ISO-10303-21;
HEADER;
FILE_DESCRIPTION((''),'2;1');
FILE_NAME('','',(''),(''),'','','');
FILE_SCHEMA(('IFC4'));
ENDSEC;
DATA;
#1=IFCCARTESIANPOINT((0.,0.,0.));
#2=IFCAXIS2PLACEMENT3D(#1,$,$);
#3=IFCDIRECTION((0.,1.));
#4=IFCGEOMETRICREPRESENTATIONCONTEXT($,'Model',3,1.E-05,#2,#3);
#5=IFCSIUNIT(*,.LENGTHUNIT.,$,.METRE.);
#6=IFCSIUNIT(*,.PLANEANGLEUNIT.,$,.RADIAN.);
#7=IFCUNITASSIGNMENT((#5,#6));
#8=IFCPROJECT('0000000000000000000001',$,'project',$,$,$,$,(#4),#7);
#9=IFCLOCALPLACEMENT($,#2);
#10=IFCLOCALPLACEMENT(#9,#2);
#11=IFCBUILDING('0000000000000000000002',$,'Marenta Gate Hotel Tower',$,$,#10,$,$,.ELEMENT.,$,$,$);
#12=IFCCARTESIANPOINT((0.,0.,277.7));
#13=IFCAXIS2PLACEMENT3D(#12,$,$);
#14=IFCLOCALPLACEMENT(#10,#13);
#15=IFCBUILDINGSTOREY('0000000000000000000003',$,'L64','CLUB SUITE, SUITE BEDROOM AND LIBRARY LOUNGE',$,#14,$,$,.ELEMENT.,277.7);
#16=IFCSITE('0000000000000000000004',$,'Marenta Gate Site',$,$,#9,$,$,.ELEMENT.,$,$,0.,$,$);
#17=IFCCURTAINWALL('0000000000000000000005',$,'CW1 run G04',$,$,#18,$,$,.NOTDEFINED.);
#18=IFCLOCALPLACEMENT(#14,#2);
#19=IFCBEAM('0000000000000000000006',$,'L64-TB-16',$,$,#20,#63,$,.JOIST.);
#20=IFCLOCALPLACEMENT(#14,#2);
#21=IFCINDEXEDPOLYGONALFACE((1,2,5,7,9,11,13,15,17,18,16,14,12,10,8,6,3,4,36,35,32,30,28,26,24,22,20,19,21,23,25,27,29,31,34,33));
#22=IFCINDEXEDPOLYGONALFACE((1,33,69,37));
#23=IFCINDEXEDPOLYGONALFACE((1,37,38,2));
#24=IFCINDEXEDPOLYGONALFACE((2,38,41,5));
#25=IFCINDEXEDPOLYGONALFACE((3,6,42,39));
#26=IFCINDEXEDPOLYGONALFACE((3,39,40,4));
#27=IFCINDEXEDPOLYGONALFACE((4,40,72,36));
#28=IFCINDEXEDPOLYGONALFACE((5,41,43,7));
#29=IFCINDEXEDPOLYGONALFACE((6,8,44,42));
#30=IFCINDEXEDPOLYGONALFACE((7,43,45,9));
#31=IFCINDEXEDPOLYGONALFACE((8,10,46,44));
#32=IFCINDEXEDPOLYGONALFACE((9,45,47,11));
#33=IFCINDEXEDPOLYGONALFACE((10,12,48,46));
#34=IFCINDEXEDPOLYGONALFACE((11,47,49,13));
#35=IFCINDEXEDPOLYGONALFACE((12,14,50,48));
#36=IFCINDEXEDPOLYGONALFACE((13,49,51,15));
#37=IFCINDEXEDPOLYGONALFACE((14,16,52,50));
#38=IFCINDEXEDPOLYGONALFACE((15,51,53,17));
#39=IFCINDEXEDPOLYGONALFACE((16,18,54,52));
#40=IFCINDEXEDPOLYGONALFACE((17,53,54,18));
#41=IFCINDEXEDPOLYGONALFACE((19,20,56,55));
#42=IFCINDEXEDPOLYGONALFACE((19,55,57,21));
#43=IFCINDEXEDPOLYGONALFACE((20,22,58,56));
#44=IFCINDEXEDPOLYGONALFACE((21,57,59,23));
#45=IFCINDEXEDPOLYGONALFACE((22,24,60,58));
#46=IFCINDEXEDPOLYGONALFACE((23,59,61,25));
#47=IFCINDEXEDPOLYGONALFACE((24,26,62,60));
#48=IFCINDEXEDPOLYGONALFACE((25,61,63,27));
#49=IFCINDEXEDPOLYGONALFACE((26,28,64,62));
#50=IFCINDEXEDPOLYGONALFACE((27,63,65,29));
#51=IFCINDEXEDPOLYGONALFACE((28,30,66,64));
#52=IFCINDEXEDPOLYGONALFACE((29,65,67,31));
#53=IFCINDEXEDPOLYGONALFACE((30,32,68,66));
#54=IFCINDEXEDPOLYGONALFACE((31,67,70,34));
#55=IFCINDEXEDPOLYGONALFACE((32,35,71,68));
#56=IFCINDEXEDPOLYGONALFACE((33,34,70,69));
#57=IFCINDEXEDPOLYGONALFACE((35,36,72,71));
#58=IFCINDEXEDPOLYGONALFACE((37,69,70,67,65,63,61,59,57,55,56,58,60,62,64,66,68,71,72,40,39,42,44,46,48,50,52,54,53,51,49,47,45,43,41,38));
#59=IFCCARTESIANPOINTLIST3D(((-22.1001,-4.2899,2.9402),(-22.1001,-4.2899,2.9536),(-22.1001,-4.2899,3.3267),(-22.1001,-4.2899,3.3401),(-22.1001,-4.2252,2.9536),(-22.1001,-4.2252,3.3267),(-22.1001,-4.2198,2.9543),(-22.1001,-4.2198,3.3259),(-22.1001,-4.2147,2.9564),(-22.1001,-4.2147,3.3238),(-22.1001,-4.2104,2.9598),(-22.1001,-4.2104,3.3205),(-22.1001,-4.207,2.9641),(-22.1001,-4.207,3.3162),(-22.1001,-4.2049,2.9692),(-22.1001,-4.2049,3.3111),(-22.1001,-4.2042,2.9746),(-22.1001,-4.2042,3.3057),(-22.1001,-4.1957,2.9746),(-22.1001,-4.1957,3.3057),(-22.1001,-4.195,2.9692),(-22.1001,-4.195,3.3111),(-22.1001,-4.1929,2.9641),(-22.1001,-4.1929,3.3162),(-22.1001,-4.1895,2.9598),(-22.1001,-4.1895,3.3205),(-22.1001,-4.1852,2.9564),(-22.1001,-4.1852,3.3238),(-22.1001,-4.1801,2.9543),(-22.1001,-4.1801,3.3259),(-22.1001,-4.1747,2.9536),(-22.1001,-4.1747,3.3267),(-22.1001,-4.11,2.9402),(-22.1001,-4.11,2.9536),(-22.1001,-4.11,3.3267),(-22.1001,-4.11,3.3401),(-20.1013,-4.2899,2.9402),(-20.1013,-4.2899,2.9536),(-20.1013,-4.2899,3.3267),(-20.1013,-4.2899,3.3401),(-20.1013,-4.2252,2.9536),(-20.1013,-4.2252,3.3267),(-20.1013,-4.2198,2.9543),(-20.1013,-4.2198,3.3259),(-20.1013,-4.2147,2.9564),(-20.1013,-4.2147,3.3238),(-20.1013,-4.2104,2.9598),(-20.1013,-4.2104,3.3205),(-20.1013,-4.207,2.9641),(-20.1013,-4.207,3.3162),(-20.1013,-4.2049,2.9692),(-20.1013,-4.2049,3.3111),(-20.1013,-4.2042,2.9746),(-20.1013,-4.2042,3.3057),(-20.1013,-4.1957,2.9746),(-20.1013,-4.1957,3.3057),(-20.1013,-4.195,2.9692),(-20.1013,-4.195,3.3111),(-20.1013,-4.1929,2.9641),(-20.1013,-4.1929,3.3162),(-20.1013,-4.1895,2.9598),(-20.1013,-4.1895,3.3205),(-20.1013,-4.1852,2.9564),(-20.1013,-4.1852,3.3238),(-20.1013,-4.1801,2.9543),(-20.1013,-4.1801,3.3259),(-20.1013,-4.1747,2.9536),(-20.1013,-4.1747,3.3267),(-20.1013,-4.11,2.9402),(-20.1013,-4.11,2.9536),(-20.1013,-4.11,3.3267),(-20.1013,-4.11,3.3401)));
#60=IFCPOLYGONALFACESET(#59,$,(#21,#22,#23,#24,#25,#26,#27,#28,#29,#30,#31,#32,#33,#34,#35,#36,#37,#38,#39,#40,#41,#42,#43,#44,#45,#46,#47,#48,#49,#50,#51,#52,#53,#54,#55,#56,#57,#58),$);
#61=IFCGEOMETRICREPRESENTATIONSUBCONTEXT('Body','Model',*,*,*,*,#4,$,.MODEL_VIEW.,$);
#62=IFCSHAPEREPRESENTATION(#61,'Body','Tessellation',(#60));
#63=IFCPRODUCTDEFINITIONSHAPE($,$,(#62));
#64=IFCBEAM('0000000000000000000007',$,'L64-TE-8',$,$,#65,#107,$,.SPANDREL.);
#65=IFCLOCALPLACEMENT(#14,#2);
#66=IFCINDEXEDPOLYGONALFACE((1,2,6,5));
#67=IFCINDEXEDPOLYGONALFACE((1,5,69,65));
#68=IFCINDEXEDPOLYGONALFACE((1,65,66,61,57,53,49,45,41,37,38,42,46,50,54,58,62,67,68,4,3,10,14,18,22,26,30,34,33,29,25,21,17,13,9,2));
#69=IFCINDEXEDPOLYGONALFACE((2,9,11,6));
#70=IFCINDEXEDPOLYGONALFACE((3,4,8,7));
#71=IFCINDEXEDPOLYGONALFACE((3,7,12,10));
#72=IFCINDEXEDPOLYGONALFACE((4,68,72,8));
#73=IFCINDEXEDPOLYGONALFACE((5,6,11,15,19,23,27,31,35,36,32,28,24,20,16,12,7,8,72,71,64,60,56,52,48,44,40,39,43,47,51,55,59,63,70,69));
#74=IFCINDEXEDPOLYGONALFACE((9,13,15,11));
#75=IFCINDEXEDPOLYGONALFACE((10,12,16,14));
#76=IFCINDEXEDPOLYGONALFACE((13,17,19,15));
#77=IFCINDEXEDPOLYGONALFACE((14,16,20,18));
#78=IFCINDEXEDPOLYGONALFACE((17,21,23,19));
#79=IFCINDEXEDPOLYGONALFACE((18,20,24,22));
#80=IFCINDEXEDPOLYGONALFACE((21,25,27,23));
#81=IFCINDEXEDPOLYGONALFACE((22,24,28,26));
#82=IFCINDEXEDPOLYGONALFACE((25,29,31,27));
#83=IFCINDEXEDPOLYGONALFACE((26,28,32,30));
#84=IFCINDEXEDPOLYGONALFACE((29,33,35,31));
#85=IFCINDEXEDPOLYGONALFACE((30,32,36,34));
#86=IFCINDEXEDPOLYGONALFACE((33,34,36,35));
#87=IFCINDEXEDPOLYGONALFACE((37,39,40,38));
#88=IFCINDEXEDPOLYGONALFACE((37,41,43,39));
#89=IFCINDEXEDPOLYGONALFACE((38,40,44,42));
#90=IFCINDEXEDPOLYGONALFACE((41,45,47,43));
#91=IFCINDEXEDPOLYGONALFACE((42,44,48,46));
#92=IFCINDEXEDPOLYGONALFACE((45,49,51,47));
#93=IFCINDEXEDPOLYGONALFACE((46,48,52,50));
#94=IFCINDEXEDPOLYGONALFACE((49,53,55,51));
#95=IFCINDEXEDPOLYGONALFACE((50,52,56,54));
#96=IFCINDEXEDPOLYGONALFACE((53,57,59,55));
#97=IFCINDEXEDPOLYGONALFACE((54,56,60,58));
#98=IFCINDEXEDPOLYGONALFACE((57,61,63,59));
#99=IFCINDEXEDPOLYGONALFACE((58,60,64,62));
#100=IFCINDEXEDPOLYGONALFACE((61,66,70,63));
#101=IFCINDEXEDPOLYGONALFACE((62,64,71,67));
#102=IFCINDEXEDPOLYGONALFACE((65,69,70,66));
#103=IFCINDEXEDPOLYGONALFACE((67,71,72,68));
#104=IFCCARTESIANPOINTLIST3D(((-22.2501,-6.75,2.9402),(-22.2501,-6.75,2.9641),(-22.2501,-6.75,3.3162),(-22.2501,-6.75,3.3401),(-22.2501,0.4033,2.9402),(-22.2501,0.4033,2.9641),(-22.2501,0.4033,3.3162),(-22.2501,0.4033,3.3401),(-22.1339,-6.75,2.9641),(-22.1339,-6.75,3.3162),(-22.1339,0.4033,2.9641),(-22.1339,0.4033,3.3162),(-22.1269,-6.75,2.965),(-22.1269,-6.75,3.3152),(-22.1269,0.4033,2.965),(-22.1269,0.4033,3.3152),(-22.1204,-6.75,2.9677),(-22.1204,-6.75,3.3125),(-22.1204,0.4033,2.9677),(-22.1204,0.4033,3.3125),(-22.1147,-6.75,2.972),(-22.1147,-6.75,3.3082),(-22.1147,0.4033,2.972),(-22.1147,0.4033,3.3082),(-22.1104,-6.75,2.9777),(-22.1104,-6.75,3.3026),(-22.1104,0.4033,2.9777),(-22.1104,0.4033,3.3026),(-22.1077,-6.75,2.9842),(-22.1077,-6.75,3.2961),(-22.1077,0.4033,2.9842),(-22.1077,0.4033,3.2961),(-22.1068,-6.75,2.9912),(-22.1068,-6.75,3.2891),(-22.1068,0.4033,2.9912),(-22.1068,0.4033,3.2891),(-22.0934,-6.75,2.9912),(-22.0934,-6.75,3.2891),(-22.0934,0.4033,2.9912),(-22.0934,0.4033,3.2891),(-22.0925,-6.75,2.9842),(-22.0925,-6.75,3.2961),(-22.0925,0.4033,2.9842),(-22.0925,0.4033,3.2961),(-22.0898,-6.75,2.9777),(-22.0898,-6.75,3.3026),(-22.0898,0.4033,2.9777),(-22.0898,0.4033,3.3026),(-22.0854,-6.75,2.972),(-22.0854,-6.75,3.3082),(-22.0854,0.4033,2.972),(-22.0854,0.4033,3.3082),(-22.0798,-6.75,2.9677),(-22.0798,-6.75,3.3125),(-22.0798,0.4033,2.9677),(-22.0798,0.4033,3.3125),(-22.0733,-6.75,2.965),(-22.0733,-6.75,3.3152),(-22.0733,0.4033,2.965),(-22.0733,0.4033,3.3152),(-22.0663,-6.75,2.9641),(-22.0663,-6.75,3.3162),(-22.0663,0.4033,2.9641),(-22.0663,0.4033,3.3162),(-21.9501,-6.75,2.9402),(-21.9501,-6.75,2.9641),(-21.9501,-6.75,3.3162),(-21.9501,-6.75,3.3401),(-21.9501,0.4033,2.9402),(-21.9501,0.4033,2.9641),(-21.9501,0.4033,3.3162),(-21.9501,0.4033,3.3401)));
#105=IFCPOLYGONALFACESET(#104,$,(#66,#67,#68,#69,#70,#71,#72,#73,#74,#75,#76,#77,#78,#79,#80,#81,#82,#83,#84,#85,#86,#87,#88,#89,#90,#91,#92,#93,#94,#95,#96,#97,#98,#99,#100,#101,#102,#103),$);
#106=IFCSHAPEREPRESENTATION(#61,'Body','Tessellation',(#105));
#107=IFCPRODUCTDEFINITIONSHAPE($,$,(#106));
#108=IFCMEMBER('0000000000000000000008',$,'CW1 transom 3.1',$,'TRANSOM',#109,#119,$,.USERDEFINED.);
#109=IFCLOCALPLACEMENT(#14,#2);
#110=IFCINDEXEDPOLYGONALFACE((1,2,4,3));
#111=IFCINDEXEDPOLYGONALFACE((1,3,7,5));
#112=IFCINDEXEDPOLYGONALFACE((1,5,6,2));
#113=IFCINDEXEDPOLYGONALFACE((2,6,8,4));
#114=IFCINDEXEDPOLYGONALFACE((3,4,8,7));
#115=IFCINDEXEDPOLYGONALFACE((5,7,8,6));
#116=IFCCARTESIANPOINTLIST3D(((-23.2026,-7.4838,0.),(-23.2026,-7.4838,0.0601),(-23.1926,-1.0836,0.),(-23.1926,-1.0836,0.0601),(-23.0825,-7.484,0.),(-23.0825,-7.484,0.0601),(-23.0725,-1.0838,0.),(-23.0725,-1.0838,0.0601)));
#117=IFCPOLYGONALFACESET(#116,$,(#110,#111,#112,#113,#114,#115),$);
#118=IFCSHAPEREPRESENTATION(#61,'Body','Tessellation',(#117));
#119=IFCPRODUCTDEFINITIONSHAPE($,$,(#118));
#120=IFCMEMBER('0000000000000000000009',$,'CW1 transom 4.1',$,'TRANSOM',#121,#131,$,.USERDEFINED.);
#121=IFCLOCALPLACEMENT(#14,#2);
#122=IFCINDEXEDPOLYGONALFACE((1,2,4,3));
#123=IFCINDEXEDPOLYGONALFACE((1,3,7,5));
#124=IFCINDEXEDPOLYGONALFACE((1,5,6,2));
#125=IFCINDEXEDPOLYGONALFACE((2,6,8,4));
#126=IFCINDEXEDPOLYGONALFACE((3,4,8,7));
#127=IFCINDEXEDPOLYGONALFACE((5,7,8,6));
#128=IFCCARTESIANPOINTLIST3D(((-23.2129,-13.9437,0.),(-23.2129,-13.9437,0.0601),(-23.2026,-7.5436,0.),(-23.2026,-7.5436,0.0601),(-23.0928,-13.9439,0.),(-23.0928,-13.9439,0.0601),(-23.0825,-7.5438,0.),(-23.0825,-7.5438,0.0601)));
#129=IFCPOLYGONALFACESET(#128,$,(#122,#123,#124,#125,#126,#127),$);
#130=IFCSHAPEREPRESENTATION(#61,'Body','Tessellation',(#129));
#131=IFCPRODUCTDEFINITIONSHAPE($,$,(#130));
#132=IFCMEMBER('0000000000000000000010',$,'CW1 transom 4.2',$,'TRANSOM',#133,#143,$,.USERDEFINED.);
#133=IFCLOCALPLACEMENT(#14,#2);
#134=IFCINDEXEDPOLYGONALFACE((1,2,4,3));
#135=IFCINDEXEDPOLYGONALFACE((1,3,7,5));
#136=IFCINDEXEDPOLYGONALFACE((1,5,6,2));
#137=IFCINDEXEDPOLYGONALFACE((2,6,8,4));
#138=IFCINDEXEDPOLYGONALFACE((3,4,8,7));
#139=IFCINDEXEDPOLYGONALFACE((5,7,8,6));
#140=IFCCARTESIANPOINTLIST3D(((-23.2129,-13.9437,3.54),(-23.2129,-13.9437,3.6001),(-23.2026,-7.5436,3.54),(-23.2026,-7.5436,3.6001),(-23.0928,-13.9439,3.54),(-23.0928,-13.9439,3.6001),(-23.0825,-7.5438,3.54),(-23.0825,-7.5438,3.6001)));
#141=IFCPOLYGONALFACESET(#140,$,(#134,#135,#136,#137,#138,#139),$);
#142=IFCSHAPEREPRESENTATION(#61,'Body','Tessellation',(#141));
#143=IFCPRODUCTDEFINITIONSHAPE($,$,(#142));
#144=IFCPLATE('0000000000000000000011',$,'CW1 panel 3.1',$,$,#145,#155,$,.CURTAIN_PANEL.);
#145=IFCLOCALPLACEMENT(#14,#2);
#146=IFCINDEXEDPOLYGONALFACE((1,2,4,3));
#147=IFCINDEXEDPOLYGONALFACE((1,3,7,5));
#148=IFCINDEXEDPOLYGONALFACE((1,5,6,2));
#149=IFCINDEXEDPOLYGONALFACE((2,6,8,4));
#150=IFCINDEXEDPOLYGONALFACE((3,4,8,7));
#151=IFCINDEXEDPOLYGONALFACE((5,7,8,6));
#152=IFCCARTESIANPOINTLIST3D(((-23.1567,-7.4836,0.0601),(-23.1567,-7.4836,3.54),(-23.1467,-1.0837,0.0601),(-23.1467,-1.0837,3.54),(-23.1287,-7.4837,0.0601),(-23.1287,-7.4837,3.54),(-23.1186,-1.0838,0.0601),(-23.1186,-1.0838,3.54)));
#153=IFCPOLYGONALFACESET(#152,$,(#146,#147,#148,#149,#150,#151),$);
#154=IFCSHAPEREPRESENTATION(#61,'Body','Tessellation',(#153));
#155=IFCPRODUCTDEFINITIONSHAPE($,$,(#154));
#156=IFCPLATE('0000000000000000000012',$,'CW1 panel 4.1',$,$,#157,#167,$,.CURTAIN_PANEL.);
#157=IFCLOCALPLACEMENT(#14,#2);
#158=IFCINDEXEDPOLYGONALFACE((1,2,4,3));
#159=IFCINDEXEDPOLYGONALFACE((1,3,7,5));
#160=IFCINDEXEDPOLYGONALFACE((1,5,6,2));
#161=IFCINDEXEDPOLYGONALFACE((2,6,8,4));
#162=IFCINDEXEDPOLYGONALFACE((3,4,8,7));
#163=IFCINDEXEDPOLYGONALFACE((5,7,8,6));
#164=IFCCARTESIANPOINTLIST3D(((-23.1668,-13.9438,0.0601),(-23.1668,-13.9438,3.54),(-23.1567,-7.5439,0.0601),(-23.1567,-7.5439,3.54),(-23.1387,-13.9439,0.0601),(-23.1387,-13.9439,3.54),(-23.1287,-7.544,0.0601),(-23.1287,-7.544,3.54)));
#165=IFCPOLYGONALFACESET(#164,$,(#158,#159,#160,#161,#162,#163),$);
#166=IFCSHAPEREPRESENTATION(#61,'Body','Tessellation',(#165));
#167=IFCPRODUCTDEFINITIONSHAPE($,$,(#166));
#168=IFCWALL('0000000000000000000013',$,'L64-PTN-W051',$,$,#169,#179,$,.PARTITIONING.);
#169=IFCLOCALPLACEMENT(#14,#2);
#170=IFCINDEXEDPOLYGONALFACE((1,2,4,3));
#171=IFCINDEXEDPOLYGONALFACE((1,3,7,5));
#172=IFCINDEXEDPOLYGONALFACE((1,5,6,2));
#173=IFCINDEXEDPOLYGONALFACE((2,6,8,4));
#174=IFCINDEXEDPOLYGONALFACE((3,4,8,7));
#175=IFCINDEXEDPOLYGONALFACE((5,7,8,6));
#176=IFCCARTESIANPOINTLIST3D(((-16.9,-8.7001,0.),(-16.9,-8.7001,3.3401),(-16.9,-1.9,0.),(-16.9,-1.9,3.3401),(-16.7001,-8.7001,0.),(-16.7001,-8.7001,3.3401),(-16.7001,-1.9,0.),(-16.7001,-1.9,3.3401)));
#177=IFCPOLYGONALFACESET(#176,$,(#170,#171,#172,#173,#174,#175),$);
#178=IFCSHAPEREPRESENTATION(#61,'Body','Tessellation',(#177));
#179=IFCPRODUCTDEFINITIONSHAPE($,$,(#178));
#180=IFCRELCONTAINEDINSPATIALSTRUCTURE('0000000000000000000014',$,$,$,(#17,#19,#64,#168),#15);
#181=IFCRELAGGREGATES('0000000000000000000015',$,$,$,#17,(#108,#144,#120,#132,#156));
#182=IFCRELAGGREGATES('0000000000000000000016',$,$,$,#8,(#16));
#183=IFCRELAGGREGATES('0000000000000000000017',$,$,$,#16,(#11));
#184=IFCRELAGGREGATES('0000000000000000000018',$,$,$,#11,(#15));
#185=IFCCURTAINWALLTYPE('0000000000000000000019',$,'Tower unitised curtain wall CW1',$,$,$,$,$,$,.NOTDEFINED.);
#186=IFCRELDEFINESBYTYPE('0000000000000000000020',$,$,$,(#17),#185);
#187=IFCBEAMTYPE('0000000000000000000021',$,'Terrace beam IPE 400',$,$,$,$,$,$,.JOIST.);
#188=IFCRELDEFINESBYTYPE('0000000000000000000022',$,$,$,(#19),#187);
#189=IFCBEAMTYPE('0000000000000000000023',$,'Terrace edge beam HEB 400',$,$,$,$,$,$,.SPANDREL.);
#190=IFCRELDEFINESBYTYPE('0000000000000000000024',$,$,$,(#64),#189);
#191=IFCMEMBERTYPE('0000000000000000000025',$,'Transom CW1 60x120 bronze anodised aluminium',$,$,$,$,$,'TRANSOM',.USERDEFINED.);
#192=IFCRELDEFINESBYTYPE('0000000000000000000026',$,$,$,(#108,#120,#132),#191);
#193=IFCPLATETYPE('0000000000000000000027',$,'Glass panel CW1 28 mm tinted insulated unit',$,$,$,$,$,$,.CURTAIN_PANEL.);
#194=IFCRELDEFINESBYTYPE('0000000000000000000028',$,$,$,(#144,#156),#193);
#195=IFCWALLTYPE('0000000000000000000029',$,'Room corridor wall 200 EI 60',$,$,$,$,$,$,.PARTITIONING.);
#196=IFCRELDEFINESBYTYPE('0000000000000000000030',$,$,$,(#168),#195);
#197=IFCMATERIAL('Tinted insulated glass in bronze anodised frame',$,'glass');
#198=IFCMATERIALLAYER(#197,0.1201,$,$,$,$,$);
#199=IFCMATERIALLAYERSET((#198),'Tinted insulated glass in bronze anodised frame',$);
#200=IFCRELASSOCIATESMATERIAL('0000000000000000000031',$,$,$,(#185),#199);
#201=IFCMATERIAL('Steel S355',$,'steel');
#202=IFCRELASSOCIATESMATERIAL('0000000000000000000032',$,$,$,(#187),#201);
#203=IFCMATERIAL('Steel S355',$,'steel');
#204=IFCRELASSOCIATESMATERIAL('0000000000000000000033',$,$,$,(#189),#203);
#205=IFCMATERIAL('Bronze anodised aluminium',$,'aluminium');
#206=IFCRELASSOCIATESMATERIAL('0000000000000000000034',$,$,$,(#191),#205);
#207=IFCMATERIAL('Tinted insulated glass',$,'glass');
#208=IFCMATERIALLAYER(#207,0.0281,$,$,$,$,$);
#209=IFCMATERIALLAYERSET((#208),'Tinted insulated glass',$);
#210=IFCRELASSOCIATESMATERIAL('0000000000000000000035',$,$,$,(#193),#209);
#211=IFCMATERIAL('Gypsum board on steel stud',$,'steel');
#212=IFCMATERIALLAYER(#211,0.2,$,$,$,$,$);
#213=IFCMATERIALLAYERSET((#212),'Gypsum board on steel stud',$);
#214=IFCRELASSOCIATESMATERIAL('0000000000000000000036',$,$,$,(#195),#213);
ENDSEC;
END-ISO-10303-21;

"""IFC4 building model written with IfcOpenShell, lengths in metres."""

from ifc_helpers import new_model, si_unit, direction, frame, frame_2d, origin, origin_2d, place, context, subcontext, project, spatial, rectangle, i_section, extrude, material, layer, layer_set, material_profile, profile_set, type_object, element, aggregate, save


model = new_model("IFC4")

# Units and contexts
model_context = context("Model", 3, precision=1e-05, world=origin(), true_north=direction((0.0, 1.0)))
body_context = subcontext(model_context, "Body", "Model", "MODEL_VIEW")
ifc_project = project(units=[si_unit("LENGTHUNIT", "METRE"), si_unit("PLANEANGLEUNIT", "RADIAN")], contexts=[model_context])

# Site, building, storey
site_placement = place(None, origin())
site = spatial("IfcSite", under=ifc_project, at=site_placement, Name="Marenta Gate Site", CompositionType="ELEMENT", RefElevation=0.0)
building_placement = place(site_placement, origin())
building = spatial("IfcBuilding", under=site, at=building_placement, Name="Marenta Gate Hotel Tower", CompositionType="ELEMENT")
storey_placement = place(building_placement, frame((0.0, 0.0, 277.7)))
storey = spatial("IfcBuildingStorey", under=building, at=storey_placement, Name="L64", Description="CLUB SUITE, SUITE BEDROOM AND LIBRARY LOUNGE", CompositionType="ELEMENT", Elevation=277.7)

# Curtain wall
ifc_material_1 = material(Name="Tinted insulated glass in bronze anodised frame", Category="glass")
ifc_layer_1 = layer(ifc_material_1, 0.1201)
ifc_layer_set_1 = layer_set([ifc_layer_1], Name="Tinted insulated glass in bronze anodised frame")
curtain_wall_type = type_object("IfcCurtainWallType", Name="Tower unitised curtain wall CW1", PredefinedType="NOTDEFINED", material=ifc_layer_set_1)
curtain_wall_placement = place(storey_placement, origin())
curtain_wall = element("IfcCurtainWall", 1, at=curtain_wall_placement, inside=storey, type_object=curtain_wall_type, Name="CW1 run G04", PredefinedType="NOTDEFINED")

# Beams
ifc_material_2 = material(Name="Steel S355", Category="steel")
ifc_material_profile_1 = material_profile(ifc_material_2, i_section(OverallWidth=0.1799, OverallDepth=0.3999, WebThickness=0.0085, FlangeThickness=0.0134, FilletRadius=0.021, at=origin_2d()), Name="IPE 400")
ifc_profile_set_1 = profile_set([ifc_material_profile_1], Name="Steel S355")
beam_type_1 = type_object("IfcBeamType", Name="Terrace beam IPE 400", PredefinedType="JOIST", material=ifc_profile_set_1)
beam_1_placement = place(storey_placement, frame((-22.1001, -4.2, 3.1401), z_axis=(1.0, 0.0, 0.0), x_axis=(0.0, 1.0, 0.0)))
element("IfcBeam", 2, at=beam_1_placement, inside=storey, type_object=beam_type_1, Name="L64-TB-16", PredefinedType="JOIST", context=body_context, shape_type="SweptSolid", body=[
    extrude(i_section(OverallWidth=0.1799, OverallDepth=0.3999, WebThickness=0.0085, FlangeThickness=0.0134, FilletRadius=0.021, at=origin_2d()), origin(), (0.0, 0.0, 1.0), 1.9988),
])
ifc_material_3 = material(Name="Steel S355", Category="steel")
ifc_material_profile_2 = material_profile(ifc_material_3, i_section(OverallWidth=0.3, OverallDepth=0.3999, WebThickness=0.0134, FlangeThickness=0.0239, FilletRadius=0.0271, at=origin_2d()), Name="HEB 400")
ifc_profile_set_2 = profile_set([ifc_material_profile_2], Name="Steel S355")
beam_type_2 = type_object("IfcBeamType", Name="Terrace edge beam HEB 400", PredefinedType="SPANDREL", material=ifc_profile_set_2)
beam_2_placement = place(storey_placement, frame((-22.1001, -6.75, 3.1401), z_axis=(0.0, 1.0, 0.0), x_axis=(-1.0, 0.0, 0.0)))
element("IfcBeam", 3, at=beam_2_placement, inside=storey, type_object=beam_type_2, Name="L64-TE-8", PredefinedType="SPANDREL", context=body_context, shape_type="SweptSolid", body=[
    extrude(i_section(OverallWidth=0.3, OverallDepth=0.3999, WebThickness=0.0134, FlangeThickness=0.0239, FilletRadius=0.0271, at=origin_2d()), origin(), (0.0, 0.0, 1.0), 7.1533),
])

# Members
ifc_material_4 = material(Name="Bronze anodised aluminium", Category="aluminium")
ifc_material_profile_3 = material_profile(ifc_material_4, rectangle(XDim=0.1201, YDim=0.0601, at=origin_2d()), Name="Transom CW1 60x120 bronze anodised aluminium")
ifc_profile_set_3 = profile_set([ifc_material_profile_3], Name="Bronze anodised aluminium")
member_type_1 = type_object("IfcMemberType", Name="Transom CW1 60x120 bronze anodised aluminium", ElementType="TRANSOM", PredefinedType="USERDEFINED", material=ifc_profile_set_3)
member_1_placement = place(storey_placement, frame((-23.1326, -1.0837, 0.03), z_axis=(-0.001564, -0.999999, 0.0), x_axis=(0.999999, -0.001564, 0.0)))
member_1 = element("IfcMember", 4, at=member_1_placement, type_object=member_type_1, Name="CW1 transom 3.1", ObjectType="TRANSOM", PredefinedType="USERDEFINED", context=body_context, shape_type="SweptSolid", body=[
    extrude(rectangle(XDim=0.1201, YDim=0.0601, at=origin_2d()), origin(), (0.0, 0.0, 1.0), 6.4001),
])
member_2_placement = place(storey_placement, frame((-23.1426, -7.5437, 0.03), z_axis=(-0.001602, -0.999999, 0.0), x_axis=(0.999999, -0.001602, 0.0)))
member_2 = element("IfcMember", 5, at=member_2_placement, type_object=member_type_1, Name="CW1 transom 4.1", ObjectType="TRANSOM", PredefinedType="USERDEFINED", context=body_context, shape_type="SweptSolid", body=[
    extrude(rectangle(XDim=0.1201, YDim=0.0601, at=origin_2d()), origin(), (0.0, 0.0, 1.0), 6.4001),
])
member_3_placement = place(storey_placement, frame((-23.1426, -7.5437, 3.5701), z_axis=(-0.001602, -0.999999, 0.0), x_axis=(0.999999, -0.001602, 0.0)))
member_3 = element("IfcMember", 6, at=member_3_placement, type_object=member_type_1, Name="CW1 transom 4.2", ObjectType="TRANSOM", PredefinedType="USERDEFINED", context=body_context, shape_type="SweptSolid", body=[
    extrude(rectangle(XDim=0.1201, YDim=0.0601, at=origin_2d()), origin(), (0.0, 0.0, 1.0), 6.4001),
])

# Plates
ifc_material_5 = material(Name="Tinted insulated glass", Category="glass")
ifc_layer_2 = layer(ifc_material_5, 0.0281)
ifc_layer_set_2 = layer_set([ifc_layer_2], Name="Tinted insulated glass")
plate_type = type_object("IfcPlateType", Name="Glass panel CW1 28 mm tinted insulated unit", PredefinedType="CURTAIN_PANEL", material=ifc_layer_set_2)
plate_1_placement = place(storey_placement, frame((-23.1377, -4.2837, 0.0601), z_axis=(0.0, 0.0, 1.0), x_axis=(-0.001566, -0.999999, 0.0)))
plate_1 = element("IfcPlate", 7, at=plate_1_placement, type_object=plate_type, Name="CW1 panel 3.1", PredefinedType="CURTAIN_PANEL", context=body_context, shape_type="SweptSolid", body=[
    extrude(rectangle(XDim=6.3999, YDim=0.0281, at=origin_2d()), origin(), (0.0, 0.0, 1.0), 3.48),
])
plate_2_placement = place(storey_placement, frame((-23.1477, -10.7439, 0.0601), z_axis=(0.0, 0.0, 1.0), x_axis=(-0.001566, -0.999999, 0.0)))
plate_2 = element("IfcPlate", 8, at=plate_2_placement, type_object=plate_type, Name="CW1 panel 4.1", PredefinedType="CURTAIN_PANEL", context=body_context, shape_type="SweptSolid", body=[
    extrude(rectangle(XDim=6.3999, YDim=0.0281, at=origin_2d()), origin(), (0.0, 0.0, 1.0), 3.48),
])
aggregate(curtain_wall, [member_1, plate_1, member_2, member_3, plate_2])

# Wall
ifc_material_6 = material(Name="Gypsum board on steel stud", Category="steel")
ifc_layer_3 = layer(ifc_material_6, 0.2)
ifc_layer_set_3 = layer_set([ifc_layer_3], Name="Gypsum board on steel stud")
wall_type_1 = type_object("IfcWallType", Name="Room corridor wall 200 EI 60", PredefinedType="PARTITIONING", material=ifc_layer_set_3)
wall_1_placement = place(storey_placement, frame((-16.8, -8.7, 0.0), z_axis=(0.0, 0.0, 1.0), x_axis=(0.0, 1.0, 0.0)))
element("IfcWall", 9, at=wall_1_placement, inside=storey, type_object=wall_type_1, Name="L64-PTN-W051", PredefinedType="PARTITIONING", context=body_context, shape_type="SweptSolid", body=[
    extrude(rectangle(XDim=6.8, YDim=0.2, at=frame_2d((3.3999, 0.0))), origin(), (0.0, 0.0, 1.0), 3.3401),
])

save(model, "model.ifc")
